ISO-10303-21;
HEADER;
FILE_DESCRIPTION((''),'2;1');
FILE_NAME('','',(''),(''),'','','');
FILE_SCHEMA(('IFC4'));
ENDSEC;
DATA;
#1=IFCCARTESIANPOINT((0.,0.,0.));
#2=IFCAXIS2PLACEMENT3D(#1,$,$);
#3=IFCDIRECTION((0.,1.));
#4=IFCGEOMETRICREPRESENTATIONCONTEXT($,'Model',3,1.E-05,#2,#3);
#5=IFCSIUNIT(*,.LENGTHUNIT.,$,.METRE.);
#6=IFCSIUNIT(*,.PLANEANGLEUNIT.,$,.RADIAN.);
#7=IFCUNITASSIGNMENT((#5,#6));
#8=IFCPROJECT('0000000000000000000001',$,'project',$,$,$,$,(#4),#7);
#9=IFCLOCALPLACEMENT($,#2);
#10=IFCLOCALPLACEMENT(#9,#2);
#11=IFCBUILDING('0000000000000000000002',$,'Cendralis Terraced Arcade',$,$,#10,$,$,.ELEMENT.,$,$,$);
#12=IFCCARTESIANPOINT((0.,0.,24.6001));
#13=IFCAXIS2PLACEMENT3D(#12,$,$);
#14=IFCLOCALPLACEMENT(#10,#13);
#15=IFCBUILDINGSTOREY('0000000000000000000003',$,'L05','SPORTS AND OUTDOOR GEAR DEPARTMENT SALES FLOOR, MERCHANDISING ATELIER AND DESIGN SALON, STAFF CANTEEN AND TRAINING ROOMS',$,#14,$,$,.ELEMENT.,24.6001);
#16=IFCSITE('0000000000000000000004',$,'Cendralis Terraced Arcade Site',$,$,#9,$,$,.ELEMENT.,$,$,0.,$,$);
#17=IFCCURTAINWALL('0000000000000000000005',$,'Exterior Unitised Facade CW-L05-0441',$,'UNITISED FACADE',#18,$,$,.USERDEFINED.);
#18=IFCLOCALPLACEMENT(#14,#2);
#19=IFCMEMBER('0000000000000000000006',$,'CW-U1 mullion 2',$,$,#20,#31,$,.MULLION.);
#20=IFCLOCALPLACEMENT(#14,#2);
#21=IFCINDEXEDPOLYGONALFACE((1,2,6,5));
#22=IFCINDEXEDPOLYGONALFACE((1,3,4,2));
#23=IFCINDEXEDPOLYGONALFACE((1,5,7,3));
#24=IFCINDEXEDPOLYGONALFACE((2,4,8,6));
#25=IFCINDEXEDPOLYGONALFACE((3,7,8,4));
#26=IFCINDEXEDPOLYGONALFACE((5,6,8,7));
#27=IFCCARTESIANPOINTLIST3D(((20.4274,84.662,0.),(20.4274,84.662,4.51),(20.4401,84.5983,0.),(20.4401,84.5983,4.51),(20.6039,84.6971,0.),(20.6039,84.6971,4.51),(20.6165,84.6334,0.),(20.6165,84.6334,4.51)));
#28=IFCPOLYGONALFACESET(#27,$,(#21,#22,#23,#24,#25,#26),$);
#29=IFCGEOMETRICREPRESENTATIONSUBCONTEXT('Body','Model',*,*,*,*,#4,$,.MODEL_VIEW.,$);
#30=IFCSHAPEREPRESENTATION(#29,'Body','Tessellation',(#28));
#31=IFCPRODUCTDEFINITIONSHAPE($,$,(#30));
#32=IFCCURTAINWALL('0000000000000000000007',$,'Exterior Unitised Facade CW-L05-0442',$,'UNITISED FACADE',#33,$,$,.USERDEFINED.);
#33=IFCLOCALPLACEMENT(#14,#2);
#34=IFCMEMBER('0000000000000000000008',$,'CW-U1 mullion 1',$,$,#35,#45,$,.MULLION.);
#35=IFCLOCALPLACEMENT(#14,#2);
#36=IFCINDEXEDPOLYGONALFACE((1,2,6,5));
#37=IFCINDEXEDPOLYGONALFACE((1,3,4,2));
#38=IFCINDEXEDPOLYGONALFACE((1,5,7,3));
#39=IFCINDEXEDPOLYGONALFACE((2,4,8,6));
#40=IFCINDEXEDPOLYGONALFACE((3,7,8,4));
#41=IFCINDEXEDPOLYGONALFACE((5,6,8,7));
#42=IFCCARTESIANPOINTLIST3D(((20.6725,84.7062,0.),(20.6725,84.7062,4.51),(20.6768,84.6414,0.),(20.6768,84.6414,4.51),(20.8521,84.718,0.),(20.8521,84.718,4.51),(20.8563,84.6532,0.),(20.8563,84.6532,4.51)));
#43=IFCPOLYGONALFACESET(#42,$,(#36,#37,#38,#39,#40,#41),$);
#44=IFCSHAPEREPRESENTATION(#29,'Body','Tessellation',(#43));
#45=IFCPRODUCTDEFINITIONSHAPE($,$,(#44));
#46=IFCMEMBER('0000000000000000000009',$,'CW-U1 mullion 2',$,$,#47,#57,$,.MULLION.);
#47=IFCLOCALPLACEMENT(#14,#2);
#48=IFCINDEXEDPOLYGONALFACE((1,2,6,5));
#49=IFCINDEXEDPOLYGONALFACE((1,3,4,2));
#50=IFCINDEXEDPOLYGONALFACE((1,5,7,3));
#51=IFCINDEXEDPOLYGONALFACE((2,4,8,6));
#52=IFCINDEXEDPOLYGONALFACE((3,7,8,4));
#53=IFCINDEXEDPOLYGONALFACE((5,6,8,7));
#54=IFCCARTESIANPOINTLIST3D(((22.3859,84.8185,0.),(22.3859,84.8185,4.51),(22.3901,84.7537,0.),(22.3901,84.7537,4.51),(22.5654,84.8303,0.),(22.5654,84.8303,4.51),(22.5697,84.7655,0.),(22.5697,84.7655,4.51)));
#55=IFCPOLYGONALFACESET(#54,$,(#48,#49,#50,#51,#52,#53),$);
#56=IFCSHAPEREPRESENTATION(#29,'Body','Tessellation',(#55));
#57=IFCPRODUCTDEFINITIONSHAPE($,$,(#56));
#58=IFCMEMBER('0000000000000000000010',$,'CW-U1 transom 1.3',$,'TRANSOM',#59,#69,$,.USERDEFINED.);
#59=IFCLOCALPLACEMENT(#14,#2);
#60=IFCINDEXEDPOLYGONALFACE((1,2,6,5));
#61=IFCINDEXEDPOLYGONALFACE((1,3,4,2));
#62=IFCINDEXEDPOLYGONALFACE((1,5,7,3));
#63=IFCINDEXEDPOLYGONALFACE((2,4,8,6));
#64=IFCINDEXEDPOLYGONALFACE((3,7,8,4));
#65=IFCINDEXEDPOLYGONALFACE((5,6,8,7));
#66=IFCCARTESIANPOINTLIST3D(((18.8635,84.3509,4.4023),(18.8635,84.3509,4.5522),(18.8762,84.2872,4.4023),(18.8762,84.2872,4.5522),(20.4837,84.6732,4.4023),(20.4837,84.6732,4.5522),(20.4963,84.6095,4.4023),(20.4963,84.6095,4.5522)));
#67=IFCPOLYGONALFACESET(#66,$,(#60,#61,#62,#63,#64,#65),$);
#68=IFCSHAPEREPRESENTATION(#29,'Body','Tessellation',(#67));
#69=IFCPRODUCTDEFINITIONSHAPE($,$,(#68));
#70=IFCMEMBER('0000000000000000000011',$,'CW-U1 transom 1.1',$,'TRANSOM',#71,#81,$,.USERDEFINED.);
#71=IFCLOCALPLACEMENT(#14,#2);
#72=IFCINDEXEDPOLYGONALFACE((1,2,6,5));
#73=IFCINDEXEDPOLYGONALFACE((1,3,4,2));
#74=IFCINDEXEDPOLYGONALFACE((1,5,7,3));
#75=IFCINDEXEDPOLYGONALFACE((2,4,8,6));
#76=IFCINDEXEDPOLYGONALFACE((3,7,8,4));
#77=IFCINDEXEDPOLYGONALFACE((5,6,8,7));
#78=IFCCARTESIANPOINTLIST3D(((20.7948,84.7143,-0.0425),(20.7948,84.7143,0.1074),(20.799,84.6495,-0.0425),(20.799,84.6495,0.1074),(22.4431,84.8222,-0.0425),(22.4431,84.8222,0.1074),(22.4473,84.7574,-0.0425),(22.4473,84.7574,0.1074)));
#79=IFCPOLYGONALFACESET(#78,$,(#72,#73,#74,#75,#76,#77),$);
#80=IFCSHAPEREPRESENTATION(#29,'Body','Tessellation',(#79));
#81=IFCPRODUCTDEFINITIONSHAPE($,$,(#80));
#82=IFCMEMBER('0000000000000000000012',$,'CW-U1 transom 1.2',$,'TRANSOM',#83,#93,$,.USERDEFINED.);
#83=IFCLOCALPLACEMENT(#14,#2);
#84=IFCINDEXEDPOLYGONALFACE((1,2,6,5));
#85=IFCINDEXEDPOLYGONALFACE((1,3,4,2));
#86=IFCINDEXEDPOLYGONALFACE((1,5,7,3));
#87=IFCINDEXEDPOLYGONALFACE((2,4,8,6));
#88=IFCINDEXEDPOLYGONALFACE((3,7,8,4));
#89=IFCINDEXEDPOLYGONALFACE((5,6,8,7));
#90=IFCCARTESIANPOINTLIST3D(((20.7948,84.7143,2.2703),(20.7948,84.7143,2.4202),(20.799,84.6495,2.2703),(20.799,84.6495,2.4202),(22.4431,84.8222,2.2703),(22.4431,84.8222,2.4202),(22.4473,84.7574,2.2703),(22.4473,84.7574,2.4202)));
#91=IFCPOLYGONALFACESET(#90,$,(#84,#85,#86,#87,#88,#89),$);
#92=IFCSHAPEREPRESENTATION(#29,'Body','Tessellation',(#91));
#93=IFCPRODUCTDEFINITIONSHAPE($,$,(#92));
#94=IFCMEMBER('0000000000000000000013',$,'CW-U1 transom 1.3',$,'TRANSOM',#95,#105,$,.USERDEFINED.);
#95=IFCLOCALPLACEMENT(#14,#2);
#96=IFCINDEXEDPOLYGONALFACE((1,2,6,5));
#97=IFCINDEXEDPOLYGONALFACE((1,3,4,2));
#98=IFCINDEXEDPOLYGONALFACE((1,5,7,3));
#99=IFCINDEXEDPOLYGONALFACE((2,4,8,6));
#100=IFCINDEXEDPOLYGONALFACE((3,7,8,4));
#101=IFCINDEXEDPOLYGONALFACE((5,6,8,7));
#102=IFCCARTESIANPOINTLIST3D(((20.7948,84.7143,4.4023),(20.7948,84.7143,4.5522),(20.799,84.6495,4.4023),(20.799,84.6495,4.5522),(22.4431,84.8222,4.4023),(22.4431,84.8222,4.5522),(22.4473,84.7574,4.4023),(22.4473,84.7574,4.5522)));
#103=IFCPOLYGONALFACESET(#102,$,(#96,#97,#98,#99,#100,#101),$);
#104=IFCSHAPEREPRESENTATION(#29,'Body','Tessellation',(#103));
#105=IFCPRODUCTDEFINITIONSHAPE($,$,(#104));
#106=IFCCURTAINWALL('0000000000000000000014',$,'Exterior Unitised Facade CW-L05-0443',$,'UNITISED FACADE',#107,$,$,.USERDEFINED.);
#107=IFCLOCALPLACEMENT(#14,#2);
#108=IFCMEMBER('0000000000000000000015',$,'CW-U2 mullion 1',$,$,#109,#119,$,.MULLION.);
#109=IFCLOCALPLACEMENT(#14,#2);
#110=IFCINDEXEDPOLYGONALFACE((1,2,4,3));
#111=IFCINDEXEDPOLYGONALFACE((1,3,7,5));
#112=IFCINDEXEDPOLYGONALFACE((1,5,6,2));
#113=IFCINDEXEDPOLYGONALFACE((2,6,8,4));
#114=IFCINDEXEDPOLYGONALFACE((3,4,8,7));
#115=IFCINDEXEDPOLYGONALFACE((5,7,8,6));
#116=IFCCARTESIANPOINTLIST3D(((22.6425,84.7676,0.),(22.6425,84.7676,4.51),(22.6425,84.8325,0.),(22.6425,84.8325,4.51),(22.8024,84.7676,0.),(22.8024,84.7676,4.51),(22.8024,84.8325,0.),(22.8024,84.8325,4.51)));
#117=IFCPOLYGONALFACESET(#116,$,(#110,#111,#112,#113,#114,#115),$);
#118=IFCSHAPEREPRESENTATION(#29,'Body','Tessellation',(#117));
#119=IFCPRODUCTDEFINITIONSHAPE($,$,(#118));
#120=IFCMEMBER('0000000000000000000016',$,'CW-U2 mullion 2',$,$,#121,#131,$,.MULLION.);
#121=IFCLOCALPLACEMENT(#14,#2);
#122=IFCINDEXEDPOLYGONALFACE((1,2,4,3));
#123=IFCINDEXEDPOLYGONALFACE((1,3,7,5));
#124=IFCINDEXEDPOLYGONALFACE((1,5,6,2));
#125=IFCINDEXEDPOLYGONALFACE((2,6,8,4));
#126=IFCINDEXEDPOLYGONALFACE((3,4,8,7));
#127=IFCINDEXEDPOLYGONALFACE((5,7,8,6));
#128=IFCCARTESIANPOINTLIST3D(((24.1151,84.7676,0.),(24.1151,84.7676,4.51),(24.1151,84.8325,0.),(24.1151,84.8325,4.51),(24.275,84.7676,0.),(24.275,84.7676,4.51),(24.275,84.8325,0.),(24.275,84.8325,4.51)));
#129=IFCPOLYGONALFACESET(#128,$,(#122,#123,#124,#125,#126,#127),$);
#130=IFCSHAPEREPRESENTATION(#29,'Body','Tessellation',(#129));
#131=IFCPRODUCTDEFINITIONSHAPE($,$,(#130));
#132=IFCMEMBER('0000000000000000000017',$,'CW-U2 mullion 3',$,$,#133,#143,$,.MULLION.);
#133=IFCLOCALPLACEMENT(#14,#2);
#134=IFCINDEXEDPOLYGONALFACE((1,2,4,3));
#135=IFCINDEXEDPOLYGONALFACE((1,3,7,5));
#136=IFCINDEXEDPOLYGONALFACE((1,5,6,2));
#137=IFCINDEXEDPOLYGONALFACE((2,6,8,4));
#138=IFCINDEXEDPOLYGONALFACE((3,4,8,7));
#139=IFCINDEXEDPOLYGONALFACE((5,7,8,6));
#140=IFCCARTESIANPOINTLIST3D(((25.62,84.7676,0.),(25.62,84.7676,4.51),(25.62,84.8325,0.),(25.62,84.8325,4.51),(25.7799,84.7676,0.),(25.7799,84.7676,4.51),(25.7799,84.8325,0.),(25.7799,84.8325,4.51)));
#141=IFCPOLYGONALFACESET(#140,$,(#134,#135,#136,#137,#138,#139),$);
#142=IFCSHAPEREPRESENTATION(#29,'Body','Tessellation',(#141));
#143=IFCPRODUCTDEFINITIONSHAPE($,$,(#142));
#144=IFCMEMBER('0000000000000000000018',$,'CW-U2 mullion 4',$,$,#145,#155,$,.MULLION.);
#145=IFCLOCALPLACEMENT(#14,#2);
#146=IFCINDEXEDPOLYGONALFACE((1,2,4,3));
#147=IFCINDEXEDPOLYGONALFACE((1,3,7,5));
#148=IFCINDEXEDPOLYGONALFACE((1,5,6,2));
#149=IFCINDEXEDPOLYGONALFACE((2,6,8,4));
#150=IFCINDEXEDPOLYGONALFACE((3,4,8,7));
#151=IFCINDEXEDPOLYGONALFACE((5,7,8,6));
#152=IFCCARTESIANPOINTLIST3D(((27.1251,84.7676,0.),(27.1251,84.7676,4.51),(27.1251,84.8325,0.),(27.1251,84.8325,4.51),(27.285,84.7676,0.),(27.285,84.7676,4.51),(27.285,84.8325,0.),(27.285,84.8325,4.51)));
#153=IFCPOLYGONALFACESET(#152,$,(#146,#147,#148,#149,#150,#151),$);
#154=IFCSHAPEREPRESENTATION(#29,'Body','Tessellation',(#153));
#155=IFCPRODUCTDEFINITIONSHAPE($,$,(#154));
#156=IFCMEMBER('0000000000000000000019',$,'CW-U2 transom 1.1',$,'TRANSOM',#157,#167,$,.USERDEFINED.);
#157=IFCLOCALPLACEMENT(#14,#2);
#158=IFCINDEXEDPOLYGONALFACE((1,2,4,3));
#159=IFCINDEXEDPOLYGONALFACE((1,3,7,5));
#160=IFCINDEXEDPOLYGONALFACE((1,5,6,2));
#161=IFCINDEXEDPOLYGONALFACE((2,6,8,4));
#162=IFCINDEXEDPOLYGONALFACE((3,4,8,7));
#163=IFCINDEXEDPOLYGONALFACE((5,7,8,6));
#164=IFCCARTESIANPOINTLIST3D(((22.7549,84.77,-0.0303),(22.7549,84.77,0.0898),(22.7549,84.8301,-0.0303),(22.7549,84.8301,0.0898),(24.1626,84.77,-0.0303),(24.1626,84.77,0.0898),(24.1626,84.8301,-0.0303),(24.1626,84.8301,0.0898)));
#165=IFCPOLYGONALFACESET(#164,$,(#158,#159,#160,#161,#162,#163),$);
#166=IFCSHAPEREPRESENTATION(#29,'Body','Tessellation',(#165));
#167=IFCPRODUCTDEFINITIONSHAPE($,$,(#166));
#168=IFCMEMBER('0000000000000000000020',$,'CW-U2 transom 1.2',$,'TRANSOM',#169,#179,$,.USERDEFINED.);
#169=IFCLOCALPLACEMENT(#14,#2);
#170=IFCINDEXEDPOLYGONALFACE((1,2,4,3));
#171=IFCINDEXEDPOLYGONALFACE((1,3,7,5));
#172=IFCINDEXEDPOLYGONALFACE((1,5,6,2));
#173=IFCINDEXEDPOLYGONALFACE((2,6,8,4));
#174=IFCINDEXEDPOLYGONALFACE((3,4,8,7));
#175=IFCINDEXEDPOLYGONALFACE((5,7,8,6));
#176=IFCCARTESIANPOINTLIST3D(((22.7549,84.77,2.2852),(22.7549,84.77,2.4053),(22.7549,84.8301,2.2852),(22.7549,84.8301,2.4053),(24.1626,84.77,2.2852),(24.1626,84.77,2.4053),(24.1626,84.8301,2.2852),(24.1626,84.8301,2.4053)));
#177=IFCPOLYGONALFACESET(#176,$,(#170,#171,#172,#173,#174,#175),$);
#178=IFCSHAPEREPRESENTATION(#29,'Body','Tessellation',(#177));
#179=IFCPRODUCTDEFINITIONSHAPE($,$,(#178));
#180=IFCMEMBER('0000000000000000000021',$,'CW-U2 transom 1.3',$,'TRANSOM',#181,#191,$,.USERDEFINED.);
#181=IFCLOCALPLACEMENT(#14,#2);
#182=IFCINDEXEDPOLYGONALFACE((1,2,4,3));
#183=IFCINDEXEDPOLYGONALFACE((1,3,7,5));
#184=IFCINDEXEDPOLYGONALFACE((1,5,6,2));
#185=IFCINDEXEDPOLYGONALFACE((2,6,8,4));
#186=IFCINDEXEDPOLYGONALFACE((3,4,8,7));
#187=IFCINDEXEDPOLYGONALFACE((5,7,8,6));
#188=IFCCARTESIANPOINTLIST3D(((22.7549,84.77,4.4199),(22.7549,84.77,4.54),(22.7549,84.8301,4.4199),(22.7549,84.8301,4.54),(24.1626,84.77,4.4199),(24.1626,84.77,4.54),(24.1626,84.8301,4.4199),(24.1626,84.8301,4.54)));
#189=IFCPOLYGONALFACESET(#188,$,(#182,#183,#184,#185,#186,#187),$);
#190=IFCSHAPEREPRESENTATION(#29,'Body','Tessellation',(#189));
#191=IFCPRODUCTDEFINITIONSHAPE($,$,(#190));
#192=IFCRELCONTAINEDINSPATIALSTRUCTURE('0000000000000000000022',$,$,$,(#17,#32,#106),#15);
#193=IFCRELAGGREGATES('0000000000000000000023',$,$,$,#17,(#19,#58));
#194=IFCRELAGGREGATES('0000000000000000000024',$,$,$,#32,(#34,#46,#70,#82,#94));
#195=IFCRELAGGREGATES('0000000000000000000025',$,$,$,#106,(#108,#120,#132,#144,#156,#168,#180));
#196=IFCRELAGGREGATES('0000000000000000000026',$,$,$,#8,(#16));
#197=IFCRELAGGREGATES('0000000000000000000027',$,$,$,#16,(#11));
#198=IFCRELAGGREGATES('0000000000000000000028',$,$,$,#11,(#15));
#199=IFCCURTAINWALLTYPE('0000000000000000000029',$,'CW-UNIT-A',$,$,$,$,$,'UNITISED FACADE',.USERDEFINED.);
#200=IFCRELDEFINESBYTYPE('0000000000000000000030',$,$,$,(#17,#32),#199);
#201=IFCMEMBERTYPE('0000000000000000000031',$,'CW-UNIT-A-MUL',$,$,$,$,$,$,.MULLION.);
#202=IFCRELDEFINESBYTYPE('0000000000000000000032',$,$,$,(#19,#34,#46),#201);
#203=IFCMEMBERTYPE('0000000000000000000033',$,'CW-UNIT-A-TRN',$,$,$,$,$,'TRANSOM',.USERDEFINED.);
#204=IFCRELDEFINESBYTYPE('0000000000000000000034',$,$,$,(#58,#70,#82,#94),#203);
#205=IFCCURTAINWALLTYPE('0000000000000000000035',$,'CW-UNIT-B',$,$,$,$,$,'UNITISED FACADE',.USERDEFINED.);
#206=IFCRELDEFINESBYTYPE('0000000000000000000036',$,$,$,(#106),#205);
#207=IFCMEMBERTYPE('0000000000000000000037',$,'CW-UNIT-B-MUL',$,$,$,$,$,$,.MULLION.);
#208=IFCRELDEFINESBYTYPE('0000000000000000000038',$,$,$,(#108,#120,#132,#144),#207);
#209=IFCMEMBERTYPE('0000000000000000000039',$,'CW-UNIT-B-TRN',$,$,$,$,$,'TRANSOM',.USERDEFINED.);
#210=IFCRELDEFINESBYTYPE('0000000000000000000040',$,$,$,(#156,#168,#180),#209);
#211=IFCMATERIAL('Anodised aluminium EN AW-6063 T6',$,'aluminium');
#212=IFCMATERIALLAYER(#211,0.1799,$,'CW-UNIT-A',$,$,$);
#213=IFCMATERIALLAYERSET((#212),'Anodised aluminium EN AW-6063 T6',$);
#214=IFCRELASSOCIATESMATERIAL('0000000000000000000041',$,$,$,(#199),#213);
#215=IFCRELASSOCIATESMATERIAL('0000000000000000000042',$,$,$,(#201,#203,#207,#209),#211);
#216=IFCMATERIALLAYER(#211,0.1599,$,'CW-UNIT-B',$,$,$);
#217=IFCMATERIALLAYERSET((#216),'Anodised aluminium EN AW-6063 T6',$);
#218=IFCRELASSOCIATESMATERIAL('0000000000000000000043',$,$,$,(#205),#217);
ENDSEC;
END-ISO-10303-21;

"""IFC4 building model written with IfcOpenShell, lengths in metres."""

from ifc_helpers import new_model, si_unit, direction, frame, origin, origin_2d, place, context, subcontext, project, spatial, rectangle, extrude, material, layer, layer_set, material_profile, profile_set, type_object, element, aggregate, save


model = new_model("IFC4")

# Units and contexts
model_context = context("Model", 3, precision=1e-05, world=origin(), true_north=direction((0.0, 1.0)))
body_context = subcontext(model_context, "Body", "Model", "MODEL_VIEW")
ifc_project = project(units=[si_unit("LENGTHUNIT", "METRE"), si_unit("PLANEANGLEUNIT", "RADIAN")], contexts=[model_context])

# Site, building, storey
site_placement = place(None, origin())
site = spatial("IfcSite", under=ifc_project, at=site_placement, Name="Cendralis Terraced Arcade Site", CompositionType="ELEMENT", RefElevation=0.0)
building_placement = place(site_placement, origin())
building = spatial("IfcBuilding", under=site, at=building_placement, Name="Cendralis Terraced Arcade", CompositionType="ELEMENT")
storey_placement = place(building_placement, frame((0.0, 0.0, 24.6001)))
storey = spatial("IfcBuildingStorey", under=building, at=storey_placement, Name="L05", Description="SPORTS AND OUTDOOR GEAR DEPARTMENT SALES FLOOR, MERCHANDISING ATELIER AND DESIGN SALON, STAFF CANTEEN AND TRAINING ROOMS", CompositionType="ELEMENT", Elevation=24.6001)

# Curtain wall, member
ifc_material_1 = material(Name="Anodised aluminium EN AW-6063 T6", Category="aluminium")
ifc_layer_1 = layer(ifc_material_1, 0.1799, Name="CW-UNIT-A")
ifc_layer_set_1 = layer_set([ifc_layer_1], Name="Anodised aluminium EN AW-6063 T6")
curtain_wall_type_1 = type_object("IfcCurtainWallType", Name="CW-UNIT-A", ElementType="UNITISED FACADE", PredefinedType="USERDEFINED", material=ifc_layer_set_1)
curtain_wall_1_placement = place(storey_placement, origin())
curtain_wall_1 = element("IfcCurtainWall", 1, at=curtain_wall_1_placement, inside=storey, type_object=curtain_wall_type_1, Name="Exterior Unitised Facade CW-L05-0441", ObjectType="UNITISED FACADE", PredefinedType="USERDEFINED")
ifc_material_profile_1 = material_profile(ifc_material_1, rectangle(XDim=0.0649, YDim=0.1799, at=origin_2d()), Name="ALU-MUL-65x180")
ifc_profile_set_1 = profile_set([ifc_material_profile_1], Name="Anodised aluminium EN AW-6063 T6")
member_type_1 = type_object("IfcMemberType", Name="CW-UNIT-A-MUL", PredefinedType="MULLION", material=ifc_profile_set_1)
member_1_placement = place(storey_placement, frame((20.522, 84.6477, 0.0), z_axis=(0.0, 0.0, 1.0), x_axis=(-0.195058, 0.980792, 0.0)))
member_1 = element("IfcMember", 2, at=member_1_placement, type_object=member_type_1, Name="CW-U1 mullion 2", PredefinedType="MULLION", context=body_context, shape_type="SweptSolid", body=[
    extrude(rectangle(XDim=0.0649, YDim=0.1799, at=origin_2d()), origin(), (0.0, 0.0, 1.0), 4.51),
])

# Curtain wall, members
curtain_wall_2_placement = place(storey_placement, origin())
curtain_wall_2 = element("IfcCurtainWall", 3, at=curtain_wall_2_placement, inside=storey, type_object=curtain_wall_type_1, Name="Exterior Unitised Facade CW-L05-0442", ObjectType="UNITISED FACADE", PredefinedType="USERDEFINED")
member_2_placement = place(storey_placement, frame((20.7644, 84.6797, 0.0), z_axis=(0.0, 0.0, 1.0), x_axis=(-0.065372, 0.997861, 0.0)))
member_2 = element("IfcMember", 4, at=member_2_placement, type_object=member_type_1, Name="CW-U1 mullion 1", PredefinedType="MULLION", context=body_context, shape_type="SweptSolid", body=[
    extrude(rectangle(XDim=0.0649, YDim=0.1799, at=origin_2d()), origin(), (0.0, 0.0, 1.0), 4.51),
])
member_3_placement = place(storey_placement, frame((22.4778, 84.792, 0.0), z_axis=(0.0, 0.0, 1.0), x_axis=(-0.065372, 0.997861, 0.0)))
member_3 = element("IfcMember", 5, at=member_3_placement, type_object=member_type_1, Name="CW-U1 mullion 2", PredefinedType="MULLION", context=body_context, shape_type="SweptSolid", body=[
    extrude(rectangle(XDim=0.0649, YDim=0.1799, at=origin_2d()), origin(), (0.0, 0.0, 1.0), 4.51),
])

# Members
ifc_material_profile_2 = material_profile(ifc_material_1, rectangle(XDim=0.0649, YDim=0.1499, at=origin_2d()), Name="ALU-TRN-65x150")
ifc_profile_set_2 = profile_set([ifc_material_profile_2], Name="Anodised aluminium EN AW-6063 T6")
member_type_2 = type_object("IfcMemberType", Name="CW-UNIT-A-TRN", ElementType="TRANSOM", PredefinedType="USERDEFINED", material=ifc_profile_set_2)
member_4_placement = place(storey_placement, frame((18.8699, 84.3191, 4.4773), z_axis=(0.980785, 0.195093, 0.0), x_axis=(-0.195093, 0.980785, 0.0)))
member_4 = element("IfcMember", 6, at=member_4_placement, type_object=member_type_2, Name="CW-U1 transom 1.3", ObjectType="TRANSOM", PredefinedType="USERDEFINED", context=body_context, shape_type="SweptSolid", body=[
    extrude(rectangle(XDim=0.0649, YDim=0.1499, at=origin_2d()), origin(), (0.0, 0.0, 1.0), 1.6519),
])
member_5_placement = place(storey_placement, frame((20.7969, 84.6819, 0.0325), z_axis=(0.997864, 0.065322, 0.0), x_axis=(-0.065322, 0.997864, 0.0)))
member_5 = element("IfcMember", 7, at=member_5_placement, type_object=member_type_2, Name="CW-U1 transom 1.1", ObjectType="TRANSOM", PredefinedType="USERDEFINED", context=body_context, shape_type="SweptSolid", body=[
    extrude(rectangle(XDim=0.0649, YDim=0.1499, at=origin_2d()), origin(), (0.0, 0.0, 1.0), 1.6519),
])
member_6_placement = place(storey_placement, frame((20.7969, 84.6819, 2.3452), z_axis=(0.997864, 0.065322, 0.0), x_axis=(-0.065322, 0.997864, 0.0)))
member_6 = element("IfcMember", 8, at=member_6_placement, type_object=member_type_2, Name="CW-U1 transom 1.2", ObjectType="TRANSOM", PredefinedType="USERDEFINED", context=body_context, shape_type="SweptSolid", body=[
    extrude(rectangle(XDim=0.0649, YDim=0.1499, at=origin_2d()), origin(), (0.0, 0.0, 1.0), 1.6519),
])
member_7_placement = place(storey_placement, frame((20.7969, 84.6819, 4.4773), z_axis=(0.997864, 0.065322, 0.0), x_axis=(-0.065322, 0.997864, 0.0)))
member_7 = element("IfcMember", 9, at=member_7_placement, type_object=member_type_2, Name="CW-U1 transom 1.3", ObjectType="TRANSOM", PredefinedType="USERDEFINED", context=body_context, shape_type="SweptSolid", body=[
    extrude(rectangle(XDim=0.0649, YDim=0.1499, at=origin_2d()), origin(), (0.0, 0.0, 1.0), 1.6519),
])

# Curtain wall, members
ifc_layer_2 = layer(ifc_material_1, 0.1599, Name="CW-UNIT-B")
ifc_layer_set_2 = layer_set([ifc_layer_2], Name="Anodised aluminium EN AW-6063 T6")
curtain_wall_type_2 = type_object("IfcCurtainWallType", Name="CW-UNIT-B", ElementType="UNITISED FACADE", PredefinedType="USERDEFINED", material=ifc_layer_set_2)
curtain_wall_3_placement = place(storey_placement, origin())
curtain_wall_3 = element("IfcCurtainWall", 10, at=curtain_wall_3_placement, inside=storey, type_object=curtain_wall_type_2, Name="Exterior Unitised Facade CW-L05-0443", ObjectType="UNITISED FACADE", PredefinedType="USERDEFINED")
ifc_material_profile_3 = material_profile(ifc_material_1, rectangle(XDim=0.0649, YDim=0.1599, at=origin_2d()), Name="ALU-MUL-65x160")
ifc_profile_set_3 = profile_set([ifc_material_profile_3], Name="Anodised aluminium EN AW-6063 T6")
member_type_3 = type_object("IfcMemberType", Name="CW-UNIT-B-MUL", PredefinedType="MULLION", material=ifc_profile_set_3)
member_8_placement = place(storey_placement, frame((22.7224, 84.8, 0.0), z_axis=(0.0, 0.0, 1.0), x_axis=(0.0, 1.0, 0.0)))
member_8 = element("IfcMember", 11, at=member_8_placement, type_object=member_type_3, Name="CW-U2 mullion 1", PredefinedType="MULLION", context=body_context, shape_type="SweptSolid", body=[
    extrude(rectangle(XDim=0.0649, YDim=0.1599, at=origin_2d()), origin(), (0.0, 0.0, 1.0), 4.51),
])
member_9_placement = place(storey_placement, frame((24.1951, 84.8, 0.0), z_axis=(0.0, 0.0, 1.0), x_axis=(0.0, 1.0, 0.0)))
member_9 = element("IfcMember", 12, at=member_9_placement, type_object=member_type_3, Name="CW-U2 mullion 2", PredefinedType="MULLION", context=body_context, shape_type="SweptSolid", body=[
    extrude(rectangle(XDim=0.0649, YDim=0.1599, at=origin_2d()), origin(), (0.0, 0.0, 1.0), 4.51),
])
member_10_placement = place(storey_placement, frame((25.7, 84.8, 0.0), z_axis=(0.0, 0.0, 1.0), x_axis=(0.0, 1.0, 0.0)))
member_10 = element("IfcMember", 13, at=member_10_placement, type_object=member_type_3, Name="CW-U2 mullion 3", PredefinedType="MULLION", context=body_context, shape_type="SweptSolid", body=[
    extrude(rectangle(XDim=0.0649, YDim=0.1599, at=origin_2d()), origin(), (0.0, 0.0, 1.0), 4.51),
])
member_11_placement = place(storey_placement, frame((27.2051, 84.8, 0.0), z_axis=(0.0, 0.0, 1.0), x_axis=(0.0, 1.0, 0.0)))
member_11 = element("IfcMember", 14, at=member_11_placement, type_object=member_type_3, Name="CW-U2 mullion 4", PredefinedType="MULLION", context=body_context, shape_type="SweptSolid", body=[
    extrude(rectangle(XDim=0.0649, YDim=0.1599, at=origin_2d()), origin(), (0.0, 0.0, 1.0), 4.51),
])
ifc_material_profile_4 = material_profile(ifc_material_1, rectangle(XDim=0.0601, YDim=0.1201, at=origin_2d()), Name="ALU-TRN-60x120")
ifc_profile_set_4 = profile_set([ifc_material_profile_4], Name="Anodised aluminium EN AW-6063 T6")
member_type_4 = type_object("IfcMemberType", Name="CW-UNIT-B-TRN", ElementType="TRANSOM", PredefinedType="USERDEFINED", material=ifc_profile_set_4)
member_12_placement = place(storey_placement, frame((22.7549, 84.8, 0.0298), z_axis=(1.0, 0.0, 0.0), x_axis=(0.0, 1.0, 0.0)))
member_12 = element("IfcMember", 15, at=member_12_placement, type_object=member_type_4, Name="CW-U2 transom 1.1", ObjectType="TRANSOM", PredefinedType="USERDEFINED", context=body_context, shape_type="SweptSolid", body=[
    extrude(rectangle(XDim=0.0601, YDim=0.1201, at=origin_2d()), origin(), (0.0, 0.0, 1.0), 1.4077),
])
member_13_placement = place(storey_placement, frame((22.7549, 84.8, 2.3452), z_axis=(1.0, 0.0, 0.0), x_axis=(0.0, 1.0, 0.0)))
member_13 = element("IfcMember", 16, at=member_13_placement, type_object=member_type_4, Name="CW-U2 transom 1.2", ObjectType="TRANSOM", PredefinedType="USERDEFINED", context=body_context, shape_type="SweptSolid", body=[
    extrude(rectangle(XDim=0.0601, YDim=0.1201, at=origin_2d()), origin(), (0.0, 0.0, 1.0), 1.4077),
])
member_14_placement = place(storey_placement, frame((22.7549, 84.8, 4.48), z_axis=(1.0, 0.0, 0.0), x_axis=(0.0, 1.0, 0.0)))
member_14 = element("IfcMember", 17, at=member_14_placement, type_object=member_type_4, Name="CW-U2 transom 1.3", ObjectType="TRANSOM", PredefinedType="USERDEFINED", context=body_context, shape_type="SweptSolid", body=[
    extrude(rectangle(XDim=0.0601, YDim=0.1201, at=origin_2d()), origin(), (0.0, 0.0, 1.0), 1.4077),
])

aggregate(curtain_wall_1, [member_1, member_4])
aggregate(curtain_wall_2, [member_2, member_3, member_5, member_6, member_7])
aggregate(curtain_wall_3, [member_8, member_9, member_10, member_11, member_12, member_13, member_14])

save(model, "model.ifc")
